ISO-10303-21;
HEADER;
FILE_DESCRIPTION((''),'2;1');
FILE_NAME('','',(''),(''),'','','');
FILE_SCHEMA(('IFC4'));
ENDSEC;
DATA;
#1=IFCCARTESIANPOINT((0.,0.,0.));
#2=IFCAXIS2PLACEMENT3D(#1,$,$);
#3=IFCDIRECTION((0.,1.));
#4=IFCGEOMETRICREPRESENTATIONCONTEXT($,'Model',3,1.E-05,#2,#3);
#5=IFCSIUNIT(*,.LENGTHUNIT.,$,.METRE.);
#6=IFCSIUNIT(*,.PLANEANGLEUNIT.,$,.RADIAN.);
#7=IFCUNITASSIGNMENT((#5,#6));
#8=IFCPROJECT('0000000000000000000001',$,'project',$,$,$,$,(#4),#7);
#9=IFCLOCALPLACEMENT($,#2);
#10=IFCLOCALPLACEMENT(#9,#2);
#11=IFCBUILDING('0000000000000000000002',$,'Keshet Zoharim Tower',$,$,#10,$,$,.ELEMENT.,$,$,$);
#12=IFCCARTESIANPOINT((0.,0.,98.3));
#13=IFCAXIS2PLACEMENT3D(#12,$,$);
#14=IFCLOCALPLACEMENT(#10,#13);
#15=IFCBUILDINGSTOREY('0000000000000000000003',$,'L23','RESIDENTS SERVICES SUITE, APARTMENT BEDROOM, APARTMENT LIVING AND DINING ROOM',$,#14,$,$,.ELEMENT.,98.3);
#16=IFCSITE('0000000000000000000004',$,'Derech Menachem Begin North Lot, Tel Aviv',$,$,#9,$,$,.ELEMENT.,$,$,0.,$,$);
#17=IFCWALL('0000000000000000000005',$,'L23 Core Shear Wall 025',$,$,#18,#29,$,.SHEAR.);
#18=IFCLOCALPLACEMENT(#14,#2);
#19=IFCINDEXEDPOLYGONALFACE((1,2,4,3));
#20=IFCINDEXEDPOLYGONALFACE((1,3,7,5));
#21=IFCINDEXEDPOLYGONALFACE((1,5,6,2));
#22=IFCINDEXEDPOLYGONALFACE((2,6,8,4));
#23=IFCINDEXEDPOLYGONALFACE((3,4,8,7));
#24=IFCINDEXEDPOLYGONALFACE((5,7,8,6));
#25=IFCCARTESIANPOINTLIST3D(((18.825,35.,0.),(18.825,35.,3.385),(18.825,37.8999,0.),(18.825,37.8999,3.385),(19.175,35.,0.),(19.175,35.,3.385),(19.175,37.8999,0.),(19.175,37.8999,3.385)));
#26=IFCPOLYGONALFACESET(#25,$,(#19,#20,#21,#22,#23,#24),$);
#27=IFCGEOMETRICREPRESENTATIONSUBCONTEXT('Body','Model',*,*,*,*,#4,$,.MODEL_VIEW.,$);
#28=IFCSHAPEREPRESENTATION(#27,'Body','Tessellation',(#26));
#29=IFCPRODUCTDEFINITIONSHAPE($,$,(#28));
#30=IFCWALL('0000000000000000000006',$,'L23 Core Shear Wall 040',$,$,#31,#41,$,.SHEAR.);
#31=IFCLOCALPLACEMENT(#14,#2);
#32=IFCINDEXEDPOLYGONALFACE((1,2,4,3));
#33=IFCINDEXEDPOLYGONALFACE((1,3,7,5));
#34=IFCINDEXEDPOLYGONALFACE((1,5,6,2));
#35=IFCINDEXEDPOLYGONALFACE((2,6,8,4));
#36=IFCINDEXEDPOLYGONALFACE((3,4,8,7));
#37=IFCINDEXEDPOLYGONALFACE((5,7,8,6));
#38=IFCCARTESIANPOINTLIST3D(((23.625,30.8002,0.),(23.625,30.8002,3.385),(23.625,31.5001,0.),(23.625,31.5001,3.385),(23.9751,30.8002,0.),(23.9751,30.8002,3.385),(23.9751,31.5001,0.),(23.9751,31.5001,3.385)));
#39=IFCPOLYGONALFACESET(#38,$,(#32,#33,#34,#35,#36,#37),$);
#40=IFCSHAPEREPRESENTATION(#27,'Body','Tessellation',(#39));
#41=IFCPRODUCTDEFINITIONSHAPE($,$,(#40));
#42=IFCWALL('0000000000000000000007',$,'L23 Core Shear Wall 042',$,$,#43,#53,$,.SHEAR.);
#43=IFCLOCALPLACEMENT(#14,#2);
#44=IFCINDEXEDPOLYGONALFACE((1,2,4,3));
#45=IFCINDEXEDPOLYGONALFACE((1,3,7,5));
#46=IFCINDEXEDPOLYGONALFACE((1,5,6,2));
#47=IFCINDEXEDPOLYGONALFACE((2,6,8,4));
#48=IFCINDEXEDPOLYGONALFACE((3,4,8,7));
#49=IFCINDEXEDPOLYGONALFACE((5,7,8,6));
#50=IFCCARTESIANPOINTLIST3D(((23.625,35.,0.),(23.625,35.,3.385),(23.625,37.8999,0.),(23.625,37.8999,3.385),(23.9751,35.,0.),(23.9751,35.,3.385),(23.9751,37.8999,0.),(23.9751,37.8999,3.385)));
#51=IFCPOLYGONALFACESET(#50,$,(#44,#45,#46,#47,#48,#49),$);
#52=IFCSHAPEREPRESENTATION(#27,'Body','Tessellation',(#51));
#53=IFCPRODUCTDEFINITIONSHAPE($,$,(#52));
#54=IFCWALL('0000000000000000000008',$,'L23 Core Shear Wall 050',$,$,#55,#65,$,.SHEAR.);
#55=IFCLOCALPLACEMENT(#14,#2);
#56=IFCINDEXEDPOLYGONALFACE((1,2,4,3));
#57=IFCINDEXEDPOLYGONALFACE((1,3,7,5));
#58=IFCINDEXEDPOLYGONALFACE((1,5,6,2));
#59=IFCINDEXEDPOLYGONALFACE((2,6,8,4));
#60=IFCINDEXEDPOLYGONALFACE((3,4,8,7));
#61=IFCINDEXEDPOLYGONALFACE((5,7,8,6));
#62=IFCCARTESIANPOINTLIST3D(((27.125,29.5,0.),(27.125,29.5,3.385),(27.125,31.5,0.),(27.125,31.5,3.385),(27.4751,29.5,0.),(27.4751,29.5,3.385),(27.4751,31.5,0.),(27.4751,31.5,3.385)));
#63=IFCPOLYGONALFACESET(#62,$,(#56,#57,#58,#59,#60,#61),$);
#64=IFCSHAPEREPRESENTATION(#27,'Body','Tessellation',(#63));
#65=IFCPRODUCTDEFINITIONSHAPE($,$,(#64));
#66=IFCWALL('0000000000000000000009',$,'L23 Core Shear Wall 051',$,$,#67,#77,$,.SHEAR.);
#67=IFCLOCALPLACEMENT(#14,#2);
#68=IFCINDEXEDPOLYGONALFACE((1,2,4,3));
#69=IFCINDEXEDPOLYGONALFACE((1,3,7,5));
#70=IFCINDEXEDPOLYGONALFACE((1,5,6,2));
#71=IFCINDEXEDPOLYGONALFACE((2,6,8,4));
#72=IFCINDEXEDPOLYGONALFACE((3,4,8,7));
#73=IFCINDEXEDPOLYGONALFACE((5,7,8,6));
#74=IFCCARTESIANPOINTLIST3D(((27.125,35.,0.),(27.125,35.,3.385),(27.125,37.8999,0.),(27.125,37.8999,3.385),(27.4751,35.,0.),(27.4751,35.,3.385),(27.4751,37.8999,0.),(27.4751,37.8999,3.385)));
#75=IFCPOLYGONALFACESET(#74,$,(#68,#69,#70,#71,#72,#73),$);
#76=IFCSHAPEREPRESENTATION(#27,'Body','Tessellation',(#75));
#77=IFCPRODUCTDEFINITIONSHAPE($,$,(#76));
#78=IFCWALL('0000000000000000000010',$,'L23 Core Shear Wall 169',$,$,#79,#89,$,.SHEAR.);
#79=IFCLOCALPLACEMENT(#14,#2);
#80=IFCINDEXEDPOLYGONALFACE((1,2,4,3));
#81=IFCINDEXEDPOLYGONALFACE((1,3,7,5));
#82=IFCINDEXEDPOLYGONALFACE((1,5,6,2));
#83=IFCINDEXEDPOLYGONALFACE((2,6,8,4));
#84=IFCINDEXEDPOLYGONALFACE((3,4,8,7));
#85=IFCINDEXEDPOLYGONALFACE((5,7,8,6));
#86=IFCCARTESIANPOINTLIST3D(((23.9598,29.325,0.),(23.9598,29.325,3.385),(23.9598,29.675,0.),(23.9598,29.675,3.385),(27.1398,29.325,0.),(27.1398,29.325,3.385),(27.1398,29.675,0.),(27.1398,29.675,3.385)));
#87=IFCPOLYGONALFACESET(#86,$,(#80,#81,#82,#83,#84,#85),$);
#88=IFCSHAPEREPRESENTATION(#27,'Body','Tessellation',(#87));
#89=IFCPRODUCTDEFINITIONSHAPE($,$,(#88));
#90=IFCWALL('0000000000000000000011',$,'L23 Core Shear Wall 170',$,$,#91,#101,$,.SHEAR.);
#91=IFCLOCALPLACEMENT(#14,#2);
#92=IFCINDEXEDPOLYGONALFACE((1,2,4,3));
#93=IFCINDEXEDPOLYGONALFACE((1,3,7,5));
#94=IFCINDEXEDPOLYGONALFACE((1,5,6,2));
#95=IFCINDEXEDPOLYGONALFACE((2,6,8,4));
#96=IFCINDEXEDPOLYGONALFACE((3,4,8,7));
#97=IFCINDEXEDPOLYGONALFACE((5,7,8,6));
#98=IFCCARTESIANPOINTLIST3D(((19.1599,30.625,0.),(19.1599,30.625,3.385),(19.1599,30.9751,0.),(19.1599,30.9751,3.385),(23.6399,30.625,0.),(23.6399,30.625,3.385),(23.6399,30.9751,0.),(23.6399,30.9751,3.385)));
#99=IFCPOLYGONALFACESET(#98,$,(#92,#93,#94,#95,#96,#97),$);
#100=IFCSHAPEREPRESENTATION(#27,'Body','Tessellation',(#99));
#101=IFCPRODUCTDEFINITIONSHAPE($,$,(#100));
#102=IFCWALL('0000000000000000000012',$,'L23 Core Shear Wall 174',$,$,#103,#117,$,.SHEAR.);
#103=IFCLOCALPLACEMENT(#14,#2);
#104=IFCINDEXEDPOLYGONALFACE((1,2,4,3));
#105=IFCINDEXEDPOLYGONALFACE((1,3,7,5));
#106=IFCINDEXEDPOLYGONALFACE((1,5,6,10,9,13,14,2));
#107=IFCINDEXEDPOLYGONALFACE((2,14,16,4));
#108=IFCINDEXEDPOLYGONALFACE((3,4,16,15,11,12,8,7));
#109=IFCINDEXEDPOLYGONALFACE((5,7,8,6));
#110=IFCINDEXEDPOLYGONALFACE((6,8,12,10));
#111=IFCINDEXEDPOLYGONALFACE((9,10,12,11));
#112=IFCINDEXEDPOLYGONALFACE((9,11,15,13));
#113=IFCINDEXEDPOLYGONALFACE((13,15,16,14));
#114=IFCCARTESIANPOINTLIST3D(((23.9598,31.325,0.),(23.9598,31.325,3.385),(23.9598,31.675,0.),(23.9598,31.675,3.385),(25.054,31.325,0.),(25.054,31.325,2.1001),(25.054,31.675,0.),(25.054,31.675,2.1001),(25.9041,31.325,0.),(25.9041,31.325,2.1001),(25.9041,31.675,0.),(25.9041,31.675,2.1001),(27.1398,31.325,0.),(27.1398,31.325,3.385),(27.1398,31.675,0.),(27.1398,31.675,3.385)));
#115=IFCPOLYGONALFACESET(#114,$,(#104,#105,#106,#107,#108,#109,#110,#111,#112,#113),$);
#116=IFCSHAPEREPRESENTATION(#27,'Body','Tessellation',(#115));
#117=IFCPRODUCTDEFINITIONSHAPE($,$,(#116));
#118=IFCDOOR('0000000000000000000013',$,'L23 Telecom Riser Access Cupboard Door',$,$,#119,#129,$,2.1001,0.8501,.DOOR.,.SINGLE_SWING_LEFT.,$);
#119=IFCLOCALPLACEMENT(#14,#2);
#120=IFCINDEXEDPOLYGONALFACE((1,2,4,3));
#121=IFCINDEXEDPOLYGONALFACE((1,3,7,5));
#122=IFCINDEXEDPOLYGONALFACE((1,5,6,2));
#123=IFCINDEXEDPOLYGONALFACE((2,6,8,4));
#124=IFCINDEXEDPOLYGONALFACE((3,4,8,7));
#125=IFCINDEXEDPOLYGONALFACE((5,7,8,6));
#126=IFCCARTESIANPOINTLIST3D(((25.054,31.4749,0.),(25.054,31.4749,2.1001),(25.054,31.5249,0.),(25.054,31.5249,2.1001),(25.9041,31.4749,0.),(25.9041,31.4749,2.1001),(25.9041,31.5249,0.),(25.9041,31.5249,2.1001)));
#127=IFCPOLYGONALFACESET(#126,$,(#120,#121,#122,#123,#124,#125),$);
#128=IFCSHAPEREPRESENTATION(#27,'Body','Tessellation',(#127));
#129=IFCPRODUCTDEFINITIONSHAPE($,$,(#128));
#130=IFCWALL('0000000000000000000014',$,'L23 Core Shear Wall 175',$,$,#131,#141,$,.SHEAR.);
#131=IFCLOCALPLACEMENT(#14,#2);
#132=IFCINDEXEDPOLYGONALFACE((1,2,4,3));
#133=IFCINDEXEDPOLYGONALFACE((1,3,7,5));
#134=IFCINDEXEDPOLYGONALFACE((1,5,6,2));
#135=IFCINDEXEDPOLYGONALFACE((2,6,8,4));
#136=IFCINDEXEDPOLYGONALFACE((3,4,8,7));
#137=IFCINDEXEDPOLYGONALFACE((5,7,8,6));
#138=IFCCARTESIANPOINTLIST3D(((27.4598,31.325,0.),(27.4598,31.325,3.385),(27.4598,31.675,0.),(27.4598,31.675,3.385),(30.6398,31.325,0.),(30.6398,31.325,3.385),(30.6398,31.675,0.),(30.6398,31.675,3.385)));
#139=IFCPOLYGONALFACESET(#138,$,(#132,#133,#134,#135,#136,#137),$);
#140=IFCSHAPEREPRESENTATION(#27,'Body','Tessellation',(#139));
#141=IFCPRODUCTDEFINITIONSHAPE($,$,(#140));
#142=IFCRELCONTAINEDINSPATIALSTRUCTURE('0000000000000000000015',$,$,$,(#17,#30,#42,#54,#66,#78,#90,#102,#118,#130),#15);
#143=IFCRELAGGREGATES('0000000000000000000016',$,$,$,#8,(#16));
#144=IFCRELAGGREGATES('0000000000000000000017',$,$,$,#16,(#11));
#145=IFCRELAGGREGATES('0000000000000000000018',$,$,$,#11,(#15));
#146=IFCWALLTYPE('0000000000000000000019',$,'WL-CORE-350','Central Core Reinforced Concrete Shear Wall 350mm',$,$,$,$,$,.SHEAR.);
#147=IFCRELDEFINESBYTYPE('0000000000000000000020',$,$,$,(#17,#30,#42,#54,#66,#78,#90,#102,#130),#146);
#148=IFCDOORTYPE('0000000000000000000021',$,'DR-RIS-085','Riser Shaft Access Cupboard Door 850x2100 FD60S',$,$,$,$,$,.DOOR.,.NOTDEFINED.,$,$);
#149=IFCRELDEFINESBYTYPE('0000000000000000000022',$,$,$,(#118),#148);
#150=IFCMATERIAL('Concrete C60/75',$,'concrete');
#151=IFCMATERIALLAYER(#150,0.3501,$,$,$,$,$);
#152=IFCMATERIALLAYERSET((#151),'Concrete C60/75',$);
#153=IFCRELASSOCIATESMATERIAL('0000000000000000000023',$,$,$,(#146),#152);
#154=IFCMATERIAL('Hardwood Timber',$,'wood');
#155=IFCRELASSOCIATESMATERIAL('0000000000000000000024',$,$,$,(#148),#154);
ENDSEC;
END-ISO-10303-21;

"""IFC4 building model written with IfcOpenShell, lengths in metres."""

from ifc_helpers import new_model, si_unit, direction, frame, frame_2d, origin, place, context, subcontext, project, spatial, rectangle, extrude, material, layer, layer_set, type_object, element, fill, save


model = new_model("IFC4")

# Units and contexts
model_context = context("Model", 3, precision=1e-05, world=origin(), true_north=direction((0.0, 1.0)))
body_context = subcontext(model_context, "Body", "Model", "MODEL_VIEW")
ifc_project = project(units=[si_unit("LENGTHUNIT", "METRE"), si_unit("PLANEANGLEUNIT", "RADIAN")], contexts=[model_context])

# Site, building, storey
site_placement = place(None, origin())
site = spatial("IfcSite", under=ifc_project, at=site_placement, Name="Derech Menachem Begin North Lot, Tel Aviv", CompositionType="ELEMENT", RefElevation=0.0)
building_placement = place(site_placement, origin())
building = spatial("IfcBuilding", under=site, at=building_placement, Name="Keshet Zoharim Tower", CompositionType="ELEMENT")
storey_placement = place(building_placement, frame((0.0, 0.0, 98.3)))
storey = spatial("IfcBuildingStorey", under=building, at=storey_placement, Name="L23", Description="RESIDENTS SERVICES SUITE, APARTMENT BEDROOM, APARTMENT LIVING AND DINING ROOM", CompositionType="ELEMENT", Elevation=98.3)

# Walls
ifc_material_1 = material(Name="Concrete C60/75", Category="concrete")
ifc_layer_1 = layer(ifc_material_1, 0.3501)
ifc_layer_set_1 = layer_set([ifc_layer_1], Name="Concrete C60/75")
wall_type_1 = type_object("IfcWallType", Name="WL-CORE-350", Description="Central Core Reinforced Concrete Shear Wall 350mm", PredefinedType="SHEAR", material=ifc_layer_set_1)
wall_1_placement = place(storey_placement, frame((19.0, 35.0, 0.0), z_axis=(0.0, 0.0, 1.0), x_axis=(0.0, 1.0, 0.0)))
element("IfcWall", 1, at=wall_1_placement, inside=storey, type_object=wall_type_1, Name="L23 Core Shear Wall 025", PredefinedType="SHEAR", context=body_context, shape_type="SweptSolid", body=[
    extrude(rectangle(XDim=2.8999, YDim=0.3501, at=frame_2d((1.45, 0.0))), origin(), (0.0, 0.0, 1.0), 3.385),
])
wall_2_placement = place(storey_placement, frame((23.8, 30.8, 0.0), z_axis=(0.0, 0.0, 1.0), x_axis=(0.0, 1.0, 0.0)))
element("IfcWall", 2, at=wall_2_placement, inside=storey, type_object=wall_type_1, Name="L23 Core Shear Wall 040", PredefinedType="SHEAR", context=body_context, shape_type="SweptSolid", body=[
    extrude(rectangle(XDim=0.7, YDim=0.3501, at=frame_2d((0.3501, 0.0))), origin(), (0.0, 0.0, 1.0), 3.385),
])

# Shared definitions
ifc_material_2 = material(Name="Hardwood Timber", Category="wood")

# Walls
wall_3_placement = place(storey_placement, frame((23.8, 35.0, 0.0), z_axis=(0.0, 0.0, 1.0), x_axis=(0.0, 1.0, 0.0)))
element("IfcWall", 3, at=wall_3_placement, inside=storey, type_object=wall_type_1, Name="L23 Core Shear Wall 042", PredefinedType="SHEAR", context=body_context, shape_type="SweptSolid", body=[
    extrude(rectangle(XDim=2.8999, YDim=0.3501, at=frame_2d((1.45, 0.0))), origin(), (0.0, 0.0, 1.0), 3.385),
])
wall_4_placement = place(storey_placement, frame((27.3, 29.5, 0.0), z_axis=(0.0, 0.0, 1.0), x_axis=(0.0, 1.0, 0.0)))
element("IfcWall", 4, at=wall_4_placement, inside=storey, type_object=wall_type_1, Name="L23 Core Shear Wall 050", PredefinedType="SHEAR", context=body_context, shape_type="SweptSolid", body=[
    extrude(rectangle(XDim=2.0, YDim=0.3501, at=frame_2d((1.0, 0.0))), origin(), (0.0, 0.0, 1.0), 3.385),
])
wall_5_placement = place(storey_placement, frame((27.3, 35.0, 0.0), z_axis=(0.0, 0.0, 1.0), x_axis=(0.0, 1.0, 0.0)))
element("IfcWall", 5, at=wall_5_placement, inside=storey, type_object=wall_type_1, Name="L23 Core Shear Wall 051", PredefinedType="SHEAR", context=body_context, shape_type="SweptSolid", body=[
    extrude(rectangle(XDim=2.8999, YDim=0.3501, at=frame_2d((1.45, 0.0))), origin(), (0.0, 0.0, 1.0), 3.385),
])
wall_6_placement = place(storey_placement, frame((23.96, 29.5, 0.0), z_axis=(0.0, 0.0, 1.0), x_axis=(1.0, 0.0, 0.0)))
element("IfcWall", 6, at=wall_6_placement, inside=storey, type_object=wall_type_1, Name="L23 Core Shear Wall 169", PredefinedType="SHEAR", context=body_context, shape_type="SweptSolid", body=[
    extrude(rectangle(XDim=3.1799, YDim=0.3501, at=frame_2d((1.5898, 0.0))), origin(), (0.0, 0.0, 1.0), 3.385),
])
wall_7_placement = place(storey_placement, frame((19.1599, 30.8, 0.0), z_axis=(0.0, 0.0, 1.0), x_axis=(1.0, 0.0, 0.0)))
element("IfcWall", 7, at=wall_7_placement, inside=storey, type_object=wall_type_1, Name="L23 Core Shear Wall 170", PredefinedType="SHEAR", context=body_context, shape_type="SweptSolid", body=[
    extrude(rectangle(XDim=4.48, YDim=0.3501, at=frame_2d((2.24, 0.0))), origin(), (0.0, 0.0, 1.0), 3.385),
])

# Wall, opening, door
wall_8_placement = place(storey_placement, frame((23.96, 31.5, 0.0), z_axis=(0.0, 0.0, 1.0), x_axis=(1.0, 0.0, 0.0)))
wall_8 = element("IfcWall", 8, at=wall_8_placement, inside=storey, type_object=wall_type_1, Name="L23 Core Shear Wall 174", PredefinedType="SHEAR", context=body_context, shape_type="SweptSolid", body=[
    extrude(rectangle(XDim=3.1799, YDim=0.3501, at=frame_2d((1.5898, 0.0))), origin(), (0.0, 0.0, 1.0), 3.385),
])
opening_1_placement = place(wall_8_placement, frame((1.094, 0.0, 0.0)))
opening_1 = element("IfcOpeningElement", 9, at=opening_1_placement, cuts=wall_8, PredefinedType="OPENING", context=body_context, shape_type="SweptSolid", body=[
    extrude(rectangle(XDim=0.8501, YDim=2.1001, at=frame_2d((0.425, 1.05))), frame((0.0, 0.1851, 0.0), z_axis=(0.0, -1.0, 0.0), x_axis=(1.0, 0.0, 0.0)), (0.0, 0.0, 1.0), 0.3701),
])
door_type_1 = type_object("IfcDoorType", Name="DR-RIS-085", Description="Riser Shaft Access Cupboard Door 850x2100 FD60S", OperationType="NOTDEFINED", PredefinedType="DOOR", material=ifc_material_2)
door_1_placement = place(opening_1_placement, origin())
door_1 = element("IfcDoor", 10, at=door_1_placement, inside=storey, type_object=door_type_1, Name="L23 Telecom Riser Access Cupboard Door", OperationType="SINGLE_SWING_LEFT", OverallHeight=2.1001, OverallWidth=0.8501, PredefinedType="DOOR", context=body_context, shape_type="SweptSolid", body=[
    extrude(rectangle(XDim=0.8501, YDim=2.1001, at=frame_2d((0.425, 1.05))), frame((0.0, 0.0249, 0.0), z_axis=(0.0, -1.0, 0.0), x_axis=(1.0, 0.0, 0.0)), (0.0, 0.0, 1.0), 0.05),
])
fill(opening_1, door_1)

# Wall
wall_9_placement = place(storey_placement, frame((27.46, 31.5, 0.0), z_axis=(0.0, 0.0, 1.0), x_axis=(1.0, 0.0, 0.0)))
element("IfcWall", 11, at=wall_9_placement, inside=storey, type_object=wall_type_1, Name="L23 Core Shear Wall 175", PredefinedType="SHEAR", context=body_context, shape_type="SweptSolid", body=[
    extrude(rectangle(XDim=3.1799, YDim=0.3501, at=frame_2d((1.5898, 0.0))), origin(), (0.0, 0.0, 1.0), 3.385),
])

save(model, "model.ifc")
